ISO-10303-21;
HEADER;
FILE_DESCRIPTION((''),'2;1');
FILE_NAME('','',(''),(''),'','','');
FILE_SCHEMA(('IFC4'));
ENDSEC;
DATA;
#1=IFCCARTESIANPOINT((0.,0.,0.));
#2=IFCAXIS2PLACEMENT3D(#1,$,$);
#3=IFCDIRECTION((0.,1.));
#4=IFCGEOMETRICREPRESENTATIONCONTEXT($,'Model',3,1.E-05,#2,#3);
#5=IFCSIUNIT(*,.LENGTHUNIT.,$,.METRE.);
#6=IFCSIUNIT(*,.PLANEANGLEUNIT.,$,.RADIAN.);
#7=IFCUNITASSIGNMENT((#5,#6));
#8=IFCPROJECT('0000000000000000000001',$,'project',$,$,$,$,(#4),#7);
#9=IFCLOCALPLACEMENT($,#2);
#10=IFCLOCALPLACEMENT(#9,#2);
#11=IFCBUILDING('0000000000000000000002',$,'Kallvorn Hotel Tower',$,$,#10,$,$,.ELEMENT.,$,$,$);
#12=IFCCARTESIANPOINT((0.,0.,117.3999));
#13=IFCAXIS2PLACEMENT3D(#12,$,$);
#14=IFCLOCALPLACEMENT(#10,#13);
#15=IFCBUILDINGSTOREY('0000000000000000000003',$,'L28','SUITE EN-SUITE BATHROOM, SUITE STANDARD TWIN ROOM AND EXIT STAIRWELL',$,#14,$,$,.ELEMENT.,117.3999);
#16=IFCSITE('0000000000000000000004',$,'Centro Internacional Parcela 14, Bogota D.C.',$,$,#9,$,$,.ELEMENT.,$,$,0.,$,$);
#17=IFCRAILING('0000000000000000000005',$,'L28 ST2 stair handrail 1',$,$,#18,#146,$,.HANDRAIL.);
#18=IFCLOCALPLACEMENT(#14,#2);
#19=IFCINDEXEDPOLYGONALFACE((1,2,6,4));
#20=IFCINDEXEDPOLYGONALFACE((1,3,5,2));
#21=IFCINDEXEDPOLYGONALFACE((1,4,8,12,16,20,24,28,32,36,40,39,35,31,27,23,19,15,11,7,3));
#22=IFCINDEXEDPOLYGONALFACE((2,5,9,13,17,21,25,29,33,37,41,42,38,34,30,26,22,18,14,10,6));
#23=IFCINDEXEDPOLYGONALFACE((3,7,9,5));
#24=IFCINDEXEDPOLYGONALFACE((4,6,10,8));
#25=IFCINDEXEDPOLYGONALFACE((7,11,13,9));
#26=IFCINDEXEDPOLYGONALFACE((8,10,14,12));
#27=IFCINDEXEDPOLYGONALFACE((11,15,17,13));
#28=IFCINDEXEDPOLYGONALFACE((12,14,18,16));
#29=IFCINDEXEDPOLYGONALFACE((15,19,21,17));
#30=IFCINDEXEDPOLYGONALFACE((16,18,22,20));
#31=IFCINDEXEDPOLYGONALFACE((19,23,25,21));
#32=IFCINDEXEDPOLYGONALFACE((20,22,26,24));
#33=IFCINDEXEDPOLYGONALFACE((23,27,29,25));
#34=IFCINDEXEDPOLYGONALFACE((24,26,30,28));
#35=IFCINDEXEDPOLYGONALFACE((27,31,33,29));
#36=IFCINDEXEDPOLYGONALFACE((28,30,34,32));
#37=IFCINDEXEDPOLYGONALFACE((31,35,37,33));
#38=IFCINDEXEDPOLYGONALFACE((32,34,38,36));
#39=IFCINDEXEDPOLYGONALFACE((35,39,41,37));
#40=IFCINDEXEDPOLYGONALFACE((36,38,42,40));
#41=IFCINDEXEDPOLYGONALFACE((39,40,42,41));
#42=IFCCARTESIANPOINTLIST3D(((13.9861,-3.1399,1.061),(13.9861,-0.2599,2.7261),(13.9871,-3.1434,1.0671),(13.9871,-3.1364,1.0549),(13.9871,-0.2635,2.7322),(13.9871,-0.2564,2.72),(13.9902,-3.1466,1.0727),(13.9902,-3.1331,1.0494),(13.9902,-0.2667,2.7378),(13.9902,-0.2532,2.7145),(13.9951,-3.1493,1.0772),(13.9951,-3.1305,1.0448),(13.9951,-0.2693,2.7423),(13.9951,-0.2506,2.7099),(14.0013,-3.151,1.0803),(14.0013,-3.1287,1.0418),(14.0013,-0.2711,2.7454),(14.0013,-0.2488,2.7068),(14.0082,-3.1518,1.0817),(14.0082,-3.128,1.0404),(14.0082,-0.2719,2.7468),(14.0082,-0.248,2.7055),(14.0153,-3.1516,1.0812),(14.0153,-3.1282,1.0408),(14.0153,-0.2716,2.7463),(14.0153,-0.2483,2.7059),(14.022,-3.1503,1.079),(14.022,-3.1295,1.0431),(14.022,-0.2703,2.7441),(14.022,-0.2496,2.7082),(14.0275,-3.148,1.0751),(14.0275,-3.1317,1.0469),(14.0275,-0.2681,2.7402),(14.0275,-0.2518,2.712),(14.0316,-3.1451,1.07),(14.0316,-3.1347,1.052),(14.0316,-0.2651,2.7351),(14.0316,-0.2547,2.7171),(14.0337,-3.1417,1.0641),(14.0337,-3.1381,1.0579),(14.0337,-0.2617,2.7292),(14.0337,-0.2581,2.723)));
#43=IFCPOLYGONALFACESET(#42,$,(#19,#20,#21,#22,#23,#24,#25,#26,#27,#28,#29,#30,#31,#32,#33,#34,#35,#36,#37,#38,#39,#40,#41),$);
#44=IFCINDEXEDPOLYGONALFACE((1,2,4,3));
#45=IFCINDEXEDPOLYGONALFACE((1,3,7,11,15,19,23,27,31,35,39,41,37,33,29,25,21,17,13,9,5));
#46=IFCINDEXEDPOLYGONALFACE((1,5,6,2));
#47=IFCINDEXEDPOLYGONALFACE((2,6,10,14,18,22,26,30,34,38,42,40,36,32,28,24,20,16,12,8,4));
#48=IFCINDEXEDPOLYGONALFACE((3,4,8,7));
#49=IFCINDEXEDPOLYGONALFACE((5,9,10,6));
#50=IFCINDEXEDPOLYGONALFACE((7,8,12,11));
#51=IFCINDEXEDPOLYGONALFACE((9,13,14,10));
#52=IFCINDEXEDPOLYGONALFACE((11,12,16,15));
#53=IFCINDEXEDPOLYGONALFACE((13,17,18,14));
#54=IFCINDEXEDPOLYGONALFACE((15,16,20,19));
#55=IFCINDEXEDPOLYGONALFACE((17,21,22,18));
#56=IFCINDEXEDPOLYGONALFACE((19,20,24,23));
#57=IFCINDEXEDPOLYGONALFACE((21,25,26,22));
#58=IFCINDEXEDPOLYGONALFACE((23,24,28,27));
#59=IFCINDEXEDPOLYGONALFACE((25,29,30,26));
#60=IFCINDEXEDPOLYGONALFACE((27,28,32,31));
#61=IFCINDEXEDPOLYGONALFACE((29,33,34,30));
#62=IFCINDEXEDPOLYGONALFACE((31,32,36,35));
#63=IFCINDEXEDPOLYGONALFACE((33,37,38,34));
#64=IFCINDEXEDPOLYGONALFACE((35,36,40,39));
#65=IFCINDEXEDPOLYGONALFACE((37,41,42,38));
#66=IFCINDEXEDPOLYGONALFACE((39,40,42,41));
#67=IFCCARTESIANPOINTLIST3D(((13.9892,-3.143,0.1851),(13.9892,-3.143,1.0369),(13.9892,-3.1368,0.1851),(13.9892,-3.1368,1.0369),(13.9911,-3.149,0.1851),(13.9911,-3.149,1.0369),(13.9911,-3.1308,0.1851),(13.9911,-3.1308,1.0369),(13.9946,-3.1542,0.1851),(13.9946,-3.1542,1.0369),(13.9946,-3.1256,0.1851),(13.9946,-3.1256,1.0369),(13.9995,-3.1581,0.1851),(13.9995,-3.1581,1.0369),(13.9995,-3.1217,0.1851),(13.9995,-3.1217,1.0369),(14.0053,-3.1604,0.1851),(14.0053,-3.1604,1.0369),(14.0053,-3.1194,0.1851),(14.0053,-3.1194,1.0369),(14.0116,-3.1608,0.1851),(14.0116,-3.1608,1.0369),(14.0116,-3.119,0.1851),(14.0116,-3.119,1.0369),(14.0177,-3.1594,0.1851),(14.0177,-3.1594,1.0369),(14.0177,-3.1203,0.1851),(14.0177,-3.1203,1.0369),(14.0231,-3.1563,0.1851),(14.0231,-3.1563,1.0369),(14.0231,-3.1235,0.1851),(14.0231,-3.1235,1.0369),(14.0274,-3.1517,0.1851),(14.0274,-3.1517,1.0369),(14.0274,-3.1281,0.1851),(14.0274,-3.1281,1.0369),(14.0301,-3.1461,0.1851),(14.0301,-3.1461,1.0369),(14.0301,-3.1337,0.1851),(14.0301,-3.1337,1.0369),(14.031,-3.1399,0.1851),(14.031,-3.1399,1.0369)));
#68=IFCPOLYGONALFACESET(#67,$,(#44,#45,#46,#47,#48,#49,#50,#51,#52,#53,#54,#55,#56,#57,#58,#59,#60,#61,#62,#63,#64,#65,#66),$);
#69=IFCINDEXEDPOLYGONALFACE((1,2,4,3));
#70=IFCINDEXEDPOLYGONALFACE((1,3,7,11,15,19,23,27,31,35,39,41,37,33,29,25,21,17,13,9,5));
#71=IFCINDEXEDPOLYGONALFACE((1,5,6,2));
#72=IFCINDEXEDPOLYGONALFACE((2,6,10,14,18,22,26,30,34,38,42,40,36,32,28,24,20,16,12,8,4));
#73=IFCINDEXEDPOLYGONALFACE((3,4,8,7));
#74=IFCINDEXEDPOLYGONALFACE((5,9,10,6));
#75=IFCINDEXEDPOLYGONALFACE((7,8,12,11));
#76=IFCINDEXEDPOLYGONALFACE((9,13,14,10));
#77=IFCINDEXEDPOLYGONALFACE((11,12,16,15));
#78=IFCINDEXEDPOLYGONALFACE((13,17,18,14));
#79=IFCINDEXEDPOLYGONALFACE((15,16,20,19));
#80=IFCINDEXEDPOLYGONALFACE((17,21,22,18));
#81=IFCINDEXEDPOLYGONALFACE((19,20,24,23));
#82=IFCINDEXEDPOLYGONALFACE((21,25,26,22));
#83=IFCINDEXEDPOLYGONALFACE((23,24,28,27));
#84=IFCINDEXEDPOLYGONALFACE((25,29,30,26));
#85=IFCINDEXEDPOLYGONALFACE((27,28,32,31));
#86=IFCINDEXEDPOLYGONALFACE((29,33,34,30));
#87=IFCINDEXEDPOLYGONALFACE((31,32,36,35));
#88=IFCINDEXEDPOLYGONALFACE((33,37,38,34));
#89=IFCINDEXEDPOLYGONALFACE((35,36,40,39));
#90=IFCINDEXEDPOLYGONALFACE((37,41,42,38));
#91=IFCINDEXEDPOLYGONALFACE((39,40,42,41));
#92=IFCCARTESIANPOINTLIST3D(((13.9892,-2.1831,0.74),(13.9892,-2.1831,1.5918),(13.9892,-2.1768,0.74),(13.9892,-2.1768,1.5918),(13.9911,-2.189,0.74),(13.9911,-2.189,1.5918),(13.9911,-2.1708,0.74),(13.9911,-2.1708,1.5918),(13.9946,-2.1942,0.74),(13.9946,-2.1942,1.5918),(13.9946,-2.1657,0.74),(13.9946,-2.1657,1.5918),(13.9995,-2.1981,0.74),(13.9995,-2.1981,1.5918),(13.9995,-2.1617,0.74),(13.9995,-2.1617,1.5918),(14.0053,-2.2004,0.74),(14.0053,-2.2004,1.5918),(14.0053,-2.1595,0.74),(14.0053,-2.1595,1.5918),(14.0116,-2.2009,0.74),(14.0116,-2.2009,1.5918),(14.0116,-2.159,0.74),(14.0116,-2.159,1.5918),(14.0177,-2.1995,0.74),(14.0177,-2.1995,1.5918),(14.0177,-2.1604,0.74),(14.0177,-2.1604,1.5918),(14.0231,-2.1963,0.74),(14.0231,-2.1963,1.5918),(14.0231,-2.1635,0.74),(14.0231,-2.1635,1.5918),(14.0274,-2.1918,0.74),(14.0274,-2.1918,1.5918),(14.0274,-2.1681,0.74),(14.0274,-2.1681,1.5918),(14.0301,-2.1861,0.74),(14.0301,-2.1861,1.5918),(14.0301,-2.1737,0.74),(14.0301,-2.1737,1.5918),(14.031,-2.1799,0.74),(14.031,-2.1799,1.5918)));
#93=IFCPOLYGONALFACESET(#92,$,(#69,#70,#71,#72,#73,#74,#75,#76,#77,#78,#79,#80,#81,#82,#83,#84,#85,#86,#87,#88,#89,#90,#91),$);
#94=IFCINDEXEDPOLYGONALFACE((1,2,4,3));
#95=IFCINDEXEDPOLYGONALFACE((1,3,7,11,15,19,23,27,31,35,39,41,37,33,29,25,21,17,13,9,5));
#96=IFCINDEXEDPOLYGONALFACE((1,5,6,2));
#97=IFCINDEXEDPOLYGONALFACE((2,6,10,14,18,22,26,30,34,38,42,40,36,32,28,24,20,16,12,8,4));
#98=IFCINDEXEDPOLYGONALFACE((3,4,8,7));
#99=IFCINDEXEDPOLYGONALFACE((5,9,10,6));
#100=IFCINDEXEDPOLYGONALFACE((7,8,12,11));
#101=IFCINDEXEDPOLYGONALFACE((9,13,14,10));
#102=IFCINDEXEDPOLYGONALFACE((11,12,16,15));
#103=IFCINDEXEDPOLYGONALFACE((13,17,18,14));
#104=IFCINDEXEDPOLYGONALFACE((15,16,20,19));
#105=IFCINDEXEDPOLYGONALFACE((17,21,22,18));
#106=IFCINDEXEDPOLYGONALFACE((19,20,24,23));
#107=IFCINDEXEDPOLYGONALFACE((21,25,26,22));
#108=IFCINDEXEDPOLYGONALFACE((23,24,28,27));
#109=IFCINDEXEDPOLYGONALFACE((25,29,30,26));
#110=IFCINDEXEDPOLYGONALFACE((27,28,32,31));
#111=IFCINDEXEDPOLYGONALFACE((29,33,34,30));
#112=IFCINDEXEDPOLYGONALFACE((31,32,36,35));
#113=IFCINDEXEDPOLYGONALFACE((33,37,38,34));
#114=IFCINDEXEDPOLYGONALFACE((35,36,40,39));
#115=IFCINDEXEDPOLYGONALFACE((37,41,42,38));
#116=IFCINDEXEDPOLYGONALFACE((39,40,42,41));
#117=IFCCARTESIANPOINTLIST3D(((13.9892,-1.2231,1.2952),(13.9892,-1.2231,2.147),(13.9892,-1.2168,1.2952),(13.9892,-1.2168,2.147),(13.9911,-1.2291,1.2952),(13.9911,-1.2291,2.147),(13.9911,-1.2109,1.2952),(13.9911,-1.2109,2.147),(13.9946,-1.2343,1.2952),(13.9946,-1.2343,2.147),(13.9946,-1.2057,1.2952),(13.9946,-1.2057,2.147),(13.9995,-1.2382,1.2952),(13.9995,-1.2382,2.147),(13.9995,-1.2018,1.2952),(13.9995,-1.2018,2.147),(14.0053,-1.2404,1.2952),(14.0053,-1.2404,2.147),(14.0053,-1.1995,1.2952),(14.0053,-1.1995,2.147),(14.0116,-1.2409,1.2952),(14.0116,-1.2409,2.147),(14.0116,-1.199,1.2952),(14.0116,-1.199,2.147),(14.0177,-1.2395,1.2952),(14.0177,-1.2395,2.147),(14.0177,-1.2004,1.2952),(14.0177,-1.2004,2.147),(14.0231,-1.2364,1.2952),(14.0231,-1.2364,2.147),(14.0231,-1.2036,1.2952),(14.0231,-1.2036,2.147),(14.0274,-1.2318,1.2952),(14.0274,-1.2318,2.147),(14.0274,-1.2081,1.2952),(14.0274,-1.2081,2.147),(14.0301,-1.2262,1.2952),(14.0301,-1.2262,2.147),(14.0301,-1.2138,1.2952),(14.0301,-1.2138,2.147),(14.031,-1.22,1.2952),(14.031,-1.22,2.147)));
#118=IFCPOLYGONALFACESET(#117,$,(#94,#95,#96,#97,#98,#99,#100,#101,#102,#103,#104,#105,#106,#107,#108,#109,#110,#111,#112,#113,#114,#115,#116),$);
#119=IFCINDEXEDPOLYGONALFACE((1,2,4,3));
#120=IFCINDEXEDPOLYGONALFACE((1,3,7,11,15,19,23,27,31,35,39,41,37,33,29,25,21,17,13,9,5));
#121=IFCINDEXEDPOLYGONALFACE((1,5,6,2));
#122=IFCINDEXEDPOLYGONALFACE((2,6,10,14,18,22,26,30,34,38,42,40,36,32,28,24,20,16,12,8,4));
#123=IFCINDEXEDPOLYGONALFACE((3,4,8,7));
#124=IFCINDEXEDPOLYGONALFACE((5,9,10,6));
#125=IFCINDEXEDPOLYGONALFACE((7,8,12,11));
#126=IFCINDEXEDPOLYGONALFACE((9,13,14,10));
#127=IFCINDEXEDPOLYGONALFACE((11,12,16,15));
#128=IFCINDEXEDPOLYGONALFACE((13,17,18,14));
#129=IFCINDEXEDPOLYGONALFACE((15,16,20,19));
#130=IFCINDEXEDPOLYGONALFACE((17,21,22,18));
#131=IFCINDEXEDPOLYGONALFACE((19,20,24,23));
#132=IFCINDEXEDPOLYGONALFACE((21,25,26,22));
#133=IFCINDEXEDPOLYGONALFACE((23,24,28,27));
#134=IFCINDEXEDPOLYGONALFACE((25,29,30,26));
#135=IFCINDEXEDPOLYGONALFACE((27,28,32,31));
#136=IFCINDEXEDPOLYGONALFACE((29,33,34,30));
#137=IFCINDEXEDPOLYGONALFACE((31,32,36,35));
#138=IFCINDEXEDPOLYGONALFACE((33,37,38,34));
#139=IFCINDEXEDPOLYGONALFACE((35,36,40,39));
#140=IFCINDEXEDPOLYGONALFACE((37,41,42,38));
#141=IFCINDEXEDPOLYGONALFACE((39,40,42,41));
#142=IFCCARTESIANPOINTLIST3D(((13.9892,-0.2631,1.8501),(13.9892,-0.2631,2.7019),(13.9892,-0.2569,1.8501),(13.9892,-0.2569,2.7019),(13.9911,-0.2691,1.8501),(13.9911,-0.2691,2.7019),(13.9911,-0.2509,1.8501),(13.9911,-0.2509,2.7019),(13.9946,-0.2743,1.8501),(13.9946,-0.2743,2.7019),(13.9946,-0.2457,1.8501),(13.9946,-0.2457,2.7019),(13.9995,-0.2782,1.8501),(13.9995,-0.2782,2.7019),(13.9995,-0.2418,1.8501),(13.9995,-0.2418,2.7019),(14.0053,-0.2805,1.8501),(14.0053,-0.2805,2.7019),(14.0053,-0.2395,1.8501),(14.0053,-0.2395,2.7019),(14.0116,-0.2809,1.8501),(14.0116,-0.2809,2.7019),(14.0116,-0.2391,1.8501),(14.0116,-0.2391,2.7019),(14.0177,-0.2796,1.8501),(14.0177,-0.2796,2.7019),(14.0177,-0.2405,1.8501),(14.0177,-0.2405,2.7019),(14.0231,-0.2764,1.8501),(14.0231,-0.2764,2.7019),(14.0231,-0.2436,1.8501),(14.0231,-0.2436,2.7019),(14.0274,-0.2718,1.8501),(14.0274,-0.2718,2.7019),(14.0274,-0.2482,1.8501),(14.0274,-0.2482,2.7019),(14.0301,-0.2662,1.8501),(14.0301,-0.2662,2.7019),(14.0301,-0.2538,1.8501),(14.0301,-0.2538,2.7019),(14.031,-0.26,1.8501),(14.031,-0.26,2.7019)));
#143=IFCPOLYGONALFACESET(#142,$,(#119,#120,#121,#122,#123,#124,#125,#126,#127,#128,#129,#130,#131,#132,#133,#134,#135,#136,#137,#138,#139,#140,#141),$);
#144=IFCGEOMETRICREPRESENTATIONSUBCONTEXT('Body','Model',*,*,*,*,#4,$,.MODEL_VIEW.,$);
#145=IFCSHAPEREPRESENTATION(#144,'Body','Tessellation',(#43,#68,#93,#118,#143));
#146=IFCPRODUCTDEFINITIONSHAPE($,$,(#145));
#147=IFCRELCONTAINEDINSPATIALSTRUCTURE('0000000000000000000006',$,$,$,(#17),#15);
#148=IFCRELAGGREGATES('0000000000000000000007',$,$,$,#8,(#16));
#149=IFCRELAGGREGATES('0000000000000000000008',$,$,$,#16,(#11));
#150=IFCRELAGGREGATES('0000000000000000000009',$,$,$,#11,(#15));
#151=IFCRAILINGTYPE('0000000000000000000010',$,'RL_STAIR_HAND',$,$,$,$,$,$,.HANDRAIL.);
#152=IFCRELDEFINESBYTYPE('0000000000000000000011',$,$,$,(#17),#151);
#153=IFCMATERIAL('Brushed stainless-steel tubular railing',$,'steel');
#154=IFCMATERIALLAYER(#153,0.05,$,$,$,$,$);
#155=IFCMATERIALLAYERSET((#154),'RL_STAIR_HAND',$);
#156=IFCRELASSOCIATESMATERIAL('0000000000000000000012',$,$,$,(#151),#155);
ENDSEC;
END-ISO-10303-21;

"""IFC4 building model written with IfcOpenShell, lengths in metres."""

from ifc_helpers import new_model, si_unit, direction, frame, origin, origin_2d, place, context, subcontext, project, spatial, circle, extrude, material, layer, layer_set, type_object, element, save


model = new_model("IFC4")

# Units and contexts
model_context = context("Model", 3, precision=1e-05, world=origin(), true_north=direction((0.0, 1.0)))
body_context = subcontext(model_context, "Body", "Model", "MODEL_VIEW")
ifc_project = project(units=[si_unit("LENGTHUNIT", "METRE"), si_unit("PLANEANGLEUNIT", "RADIAN")], contexts=[model_context])

# Site, building, storey
site_placement = place(None, origin())
site = spatial("IfcSite", under=ifc_project, at=site_placement, Name="Centro Internacional Parcela 14, Bogota D.C.", CompositionType="ELEMENT", RefElevation=0.0)
building_placement = place(site_placement, origin())
building = spatial("IfcBuilding", under=site, at=building_placement, Name="Kallvorn Hotel Tower", CompositionType="ELEMENT")
storey_placement = place(building_placement, frame((0.0, 0.0, 117.3999)))
storey = spatial("IfcBuildingStorey", under=building, at=storey_placement, Name="L28", Description="SUITE EN-SUITE BATHROOM, SUITE STANDARD TWIN ROOM AND EXIT STAIRWELL", CompositionType="ELEMENT", Elevation=117.3999)

# Railing
ifc_material_1 = material(Name="Brushed stainless-steel tubular railing", Category="steel")
ifc_layer_1 = layer(ifc_material_1, 0.05)
ifc_layer_set_1 = layer_set([ifc_layer_1], Name="RL_STAIR_HAND")
railing_type_1 = type_object("IfcRailingType", Name="RL_STAIR_HAND", PredefinedType="HANDRAIL", material=ifc_layer_set_1)
railing_1_placement = place(storey_placement, frame((14.01, -3.1399, 0.1851)))
element("IfcRailing", 1, at=railing_1_placement, inside=storey, type_object=railing_type_1, Name="L28 ST2 stair handrail 1", PredefinedType="HANDRAIL", context=body_context, shape_type="SweptSolid", body=[
    extrude(circle(Radius=0.0239, at=origin_2d()), frame((0.0, 0.0, 0.876), z_axis=(0.0, 0.865721, 0.500527), x_axis=(-1.0, 0.0, 0.0)), (0.0, 0.0, 1.0), 3.3267),
    extrude(circle(Radius=0.021, at=origin_2d()), origin(), (0.0, 0.0, 1.0), 0.8518),
    extrude(circle(Radius=0.021, at=origin_2d()), frame((0.0, 0.96, 0.5549)), (0.0, 0.0, 1.0), 0.8518),
    extrude(circle(Radius=0.021, at=origin_2d()), frame((0.0, 1.9199, 1.1101)), (0.0, 0.0, 1.0), 0.8518),
    extrude(circle(Radius=0.021, at=origin_2d()), frame((0.0, 2.8799, 1.665)), (0.0, 0.0, 1.0), 0.8518),
])

save(model, "model.ifc")
